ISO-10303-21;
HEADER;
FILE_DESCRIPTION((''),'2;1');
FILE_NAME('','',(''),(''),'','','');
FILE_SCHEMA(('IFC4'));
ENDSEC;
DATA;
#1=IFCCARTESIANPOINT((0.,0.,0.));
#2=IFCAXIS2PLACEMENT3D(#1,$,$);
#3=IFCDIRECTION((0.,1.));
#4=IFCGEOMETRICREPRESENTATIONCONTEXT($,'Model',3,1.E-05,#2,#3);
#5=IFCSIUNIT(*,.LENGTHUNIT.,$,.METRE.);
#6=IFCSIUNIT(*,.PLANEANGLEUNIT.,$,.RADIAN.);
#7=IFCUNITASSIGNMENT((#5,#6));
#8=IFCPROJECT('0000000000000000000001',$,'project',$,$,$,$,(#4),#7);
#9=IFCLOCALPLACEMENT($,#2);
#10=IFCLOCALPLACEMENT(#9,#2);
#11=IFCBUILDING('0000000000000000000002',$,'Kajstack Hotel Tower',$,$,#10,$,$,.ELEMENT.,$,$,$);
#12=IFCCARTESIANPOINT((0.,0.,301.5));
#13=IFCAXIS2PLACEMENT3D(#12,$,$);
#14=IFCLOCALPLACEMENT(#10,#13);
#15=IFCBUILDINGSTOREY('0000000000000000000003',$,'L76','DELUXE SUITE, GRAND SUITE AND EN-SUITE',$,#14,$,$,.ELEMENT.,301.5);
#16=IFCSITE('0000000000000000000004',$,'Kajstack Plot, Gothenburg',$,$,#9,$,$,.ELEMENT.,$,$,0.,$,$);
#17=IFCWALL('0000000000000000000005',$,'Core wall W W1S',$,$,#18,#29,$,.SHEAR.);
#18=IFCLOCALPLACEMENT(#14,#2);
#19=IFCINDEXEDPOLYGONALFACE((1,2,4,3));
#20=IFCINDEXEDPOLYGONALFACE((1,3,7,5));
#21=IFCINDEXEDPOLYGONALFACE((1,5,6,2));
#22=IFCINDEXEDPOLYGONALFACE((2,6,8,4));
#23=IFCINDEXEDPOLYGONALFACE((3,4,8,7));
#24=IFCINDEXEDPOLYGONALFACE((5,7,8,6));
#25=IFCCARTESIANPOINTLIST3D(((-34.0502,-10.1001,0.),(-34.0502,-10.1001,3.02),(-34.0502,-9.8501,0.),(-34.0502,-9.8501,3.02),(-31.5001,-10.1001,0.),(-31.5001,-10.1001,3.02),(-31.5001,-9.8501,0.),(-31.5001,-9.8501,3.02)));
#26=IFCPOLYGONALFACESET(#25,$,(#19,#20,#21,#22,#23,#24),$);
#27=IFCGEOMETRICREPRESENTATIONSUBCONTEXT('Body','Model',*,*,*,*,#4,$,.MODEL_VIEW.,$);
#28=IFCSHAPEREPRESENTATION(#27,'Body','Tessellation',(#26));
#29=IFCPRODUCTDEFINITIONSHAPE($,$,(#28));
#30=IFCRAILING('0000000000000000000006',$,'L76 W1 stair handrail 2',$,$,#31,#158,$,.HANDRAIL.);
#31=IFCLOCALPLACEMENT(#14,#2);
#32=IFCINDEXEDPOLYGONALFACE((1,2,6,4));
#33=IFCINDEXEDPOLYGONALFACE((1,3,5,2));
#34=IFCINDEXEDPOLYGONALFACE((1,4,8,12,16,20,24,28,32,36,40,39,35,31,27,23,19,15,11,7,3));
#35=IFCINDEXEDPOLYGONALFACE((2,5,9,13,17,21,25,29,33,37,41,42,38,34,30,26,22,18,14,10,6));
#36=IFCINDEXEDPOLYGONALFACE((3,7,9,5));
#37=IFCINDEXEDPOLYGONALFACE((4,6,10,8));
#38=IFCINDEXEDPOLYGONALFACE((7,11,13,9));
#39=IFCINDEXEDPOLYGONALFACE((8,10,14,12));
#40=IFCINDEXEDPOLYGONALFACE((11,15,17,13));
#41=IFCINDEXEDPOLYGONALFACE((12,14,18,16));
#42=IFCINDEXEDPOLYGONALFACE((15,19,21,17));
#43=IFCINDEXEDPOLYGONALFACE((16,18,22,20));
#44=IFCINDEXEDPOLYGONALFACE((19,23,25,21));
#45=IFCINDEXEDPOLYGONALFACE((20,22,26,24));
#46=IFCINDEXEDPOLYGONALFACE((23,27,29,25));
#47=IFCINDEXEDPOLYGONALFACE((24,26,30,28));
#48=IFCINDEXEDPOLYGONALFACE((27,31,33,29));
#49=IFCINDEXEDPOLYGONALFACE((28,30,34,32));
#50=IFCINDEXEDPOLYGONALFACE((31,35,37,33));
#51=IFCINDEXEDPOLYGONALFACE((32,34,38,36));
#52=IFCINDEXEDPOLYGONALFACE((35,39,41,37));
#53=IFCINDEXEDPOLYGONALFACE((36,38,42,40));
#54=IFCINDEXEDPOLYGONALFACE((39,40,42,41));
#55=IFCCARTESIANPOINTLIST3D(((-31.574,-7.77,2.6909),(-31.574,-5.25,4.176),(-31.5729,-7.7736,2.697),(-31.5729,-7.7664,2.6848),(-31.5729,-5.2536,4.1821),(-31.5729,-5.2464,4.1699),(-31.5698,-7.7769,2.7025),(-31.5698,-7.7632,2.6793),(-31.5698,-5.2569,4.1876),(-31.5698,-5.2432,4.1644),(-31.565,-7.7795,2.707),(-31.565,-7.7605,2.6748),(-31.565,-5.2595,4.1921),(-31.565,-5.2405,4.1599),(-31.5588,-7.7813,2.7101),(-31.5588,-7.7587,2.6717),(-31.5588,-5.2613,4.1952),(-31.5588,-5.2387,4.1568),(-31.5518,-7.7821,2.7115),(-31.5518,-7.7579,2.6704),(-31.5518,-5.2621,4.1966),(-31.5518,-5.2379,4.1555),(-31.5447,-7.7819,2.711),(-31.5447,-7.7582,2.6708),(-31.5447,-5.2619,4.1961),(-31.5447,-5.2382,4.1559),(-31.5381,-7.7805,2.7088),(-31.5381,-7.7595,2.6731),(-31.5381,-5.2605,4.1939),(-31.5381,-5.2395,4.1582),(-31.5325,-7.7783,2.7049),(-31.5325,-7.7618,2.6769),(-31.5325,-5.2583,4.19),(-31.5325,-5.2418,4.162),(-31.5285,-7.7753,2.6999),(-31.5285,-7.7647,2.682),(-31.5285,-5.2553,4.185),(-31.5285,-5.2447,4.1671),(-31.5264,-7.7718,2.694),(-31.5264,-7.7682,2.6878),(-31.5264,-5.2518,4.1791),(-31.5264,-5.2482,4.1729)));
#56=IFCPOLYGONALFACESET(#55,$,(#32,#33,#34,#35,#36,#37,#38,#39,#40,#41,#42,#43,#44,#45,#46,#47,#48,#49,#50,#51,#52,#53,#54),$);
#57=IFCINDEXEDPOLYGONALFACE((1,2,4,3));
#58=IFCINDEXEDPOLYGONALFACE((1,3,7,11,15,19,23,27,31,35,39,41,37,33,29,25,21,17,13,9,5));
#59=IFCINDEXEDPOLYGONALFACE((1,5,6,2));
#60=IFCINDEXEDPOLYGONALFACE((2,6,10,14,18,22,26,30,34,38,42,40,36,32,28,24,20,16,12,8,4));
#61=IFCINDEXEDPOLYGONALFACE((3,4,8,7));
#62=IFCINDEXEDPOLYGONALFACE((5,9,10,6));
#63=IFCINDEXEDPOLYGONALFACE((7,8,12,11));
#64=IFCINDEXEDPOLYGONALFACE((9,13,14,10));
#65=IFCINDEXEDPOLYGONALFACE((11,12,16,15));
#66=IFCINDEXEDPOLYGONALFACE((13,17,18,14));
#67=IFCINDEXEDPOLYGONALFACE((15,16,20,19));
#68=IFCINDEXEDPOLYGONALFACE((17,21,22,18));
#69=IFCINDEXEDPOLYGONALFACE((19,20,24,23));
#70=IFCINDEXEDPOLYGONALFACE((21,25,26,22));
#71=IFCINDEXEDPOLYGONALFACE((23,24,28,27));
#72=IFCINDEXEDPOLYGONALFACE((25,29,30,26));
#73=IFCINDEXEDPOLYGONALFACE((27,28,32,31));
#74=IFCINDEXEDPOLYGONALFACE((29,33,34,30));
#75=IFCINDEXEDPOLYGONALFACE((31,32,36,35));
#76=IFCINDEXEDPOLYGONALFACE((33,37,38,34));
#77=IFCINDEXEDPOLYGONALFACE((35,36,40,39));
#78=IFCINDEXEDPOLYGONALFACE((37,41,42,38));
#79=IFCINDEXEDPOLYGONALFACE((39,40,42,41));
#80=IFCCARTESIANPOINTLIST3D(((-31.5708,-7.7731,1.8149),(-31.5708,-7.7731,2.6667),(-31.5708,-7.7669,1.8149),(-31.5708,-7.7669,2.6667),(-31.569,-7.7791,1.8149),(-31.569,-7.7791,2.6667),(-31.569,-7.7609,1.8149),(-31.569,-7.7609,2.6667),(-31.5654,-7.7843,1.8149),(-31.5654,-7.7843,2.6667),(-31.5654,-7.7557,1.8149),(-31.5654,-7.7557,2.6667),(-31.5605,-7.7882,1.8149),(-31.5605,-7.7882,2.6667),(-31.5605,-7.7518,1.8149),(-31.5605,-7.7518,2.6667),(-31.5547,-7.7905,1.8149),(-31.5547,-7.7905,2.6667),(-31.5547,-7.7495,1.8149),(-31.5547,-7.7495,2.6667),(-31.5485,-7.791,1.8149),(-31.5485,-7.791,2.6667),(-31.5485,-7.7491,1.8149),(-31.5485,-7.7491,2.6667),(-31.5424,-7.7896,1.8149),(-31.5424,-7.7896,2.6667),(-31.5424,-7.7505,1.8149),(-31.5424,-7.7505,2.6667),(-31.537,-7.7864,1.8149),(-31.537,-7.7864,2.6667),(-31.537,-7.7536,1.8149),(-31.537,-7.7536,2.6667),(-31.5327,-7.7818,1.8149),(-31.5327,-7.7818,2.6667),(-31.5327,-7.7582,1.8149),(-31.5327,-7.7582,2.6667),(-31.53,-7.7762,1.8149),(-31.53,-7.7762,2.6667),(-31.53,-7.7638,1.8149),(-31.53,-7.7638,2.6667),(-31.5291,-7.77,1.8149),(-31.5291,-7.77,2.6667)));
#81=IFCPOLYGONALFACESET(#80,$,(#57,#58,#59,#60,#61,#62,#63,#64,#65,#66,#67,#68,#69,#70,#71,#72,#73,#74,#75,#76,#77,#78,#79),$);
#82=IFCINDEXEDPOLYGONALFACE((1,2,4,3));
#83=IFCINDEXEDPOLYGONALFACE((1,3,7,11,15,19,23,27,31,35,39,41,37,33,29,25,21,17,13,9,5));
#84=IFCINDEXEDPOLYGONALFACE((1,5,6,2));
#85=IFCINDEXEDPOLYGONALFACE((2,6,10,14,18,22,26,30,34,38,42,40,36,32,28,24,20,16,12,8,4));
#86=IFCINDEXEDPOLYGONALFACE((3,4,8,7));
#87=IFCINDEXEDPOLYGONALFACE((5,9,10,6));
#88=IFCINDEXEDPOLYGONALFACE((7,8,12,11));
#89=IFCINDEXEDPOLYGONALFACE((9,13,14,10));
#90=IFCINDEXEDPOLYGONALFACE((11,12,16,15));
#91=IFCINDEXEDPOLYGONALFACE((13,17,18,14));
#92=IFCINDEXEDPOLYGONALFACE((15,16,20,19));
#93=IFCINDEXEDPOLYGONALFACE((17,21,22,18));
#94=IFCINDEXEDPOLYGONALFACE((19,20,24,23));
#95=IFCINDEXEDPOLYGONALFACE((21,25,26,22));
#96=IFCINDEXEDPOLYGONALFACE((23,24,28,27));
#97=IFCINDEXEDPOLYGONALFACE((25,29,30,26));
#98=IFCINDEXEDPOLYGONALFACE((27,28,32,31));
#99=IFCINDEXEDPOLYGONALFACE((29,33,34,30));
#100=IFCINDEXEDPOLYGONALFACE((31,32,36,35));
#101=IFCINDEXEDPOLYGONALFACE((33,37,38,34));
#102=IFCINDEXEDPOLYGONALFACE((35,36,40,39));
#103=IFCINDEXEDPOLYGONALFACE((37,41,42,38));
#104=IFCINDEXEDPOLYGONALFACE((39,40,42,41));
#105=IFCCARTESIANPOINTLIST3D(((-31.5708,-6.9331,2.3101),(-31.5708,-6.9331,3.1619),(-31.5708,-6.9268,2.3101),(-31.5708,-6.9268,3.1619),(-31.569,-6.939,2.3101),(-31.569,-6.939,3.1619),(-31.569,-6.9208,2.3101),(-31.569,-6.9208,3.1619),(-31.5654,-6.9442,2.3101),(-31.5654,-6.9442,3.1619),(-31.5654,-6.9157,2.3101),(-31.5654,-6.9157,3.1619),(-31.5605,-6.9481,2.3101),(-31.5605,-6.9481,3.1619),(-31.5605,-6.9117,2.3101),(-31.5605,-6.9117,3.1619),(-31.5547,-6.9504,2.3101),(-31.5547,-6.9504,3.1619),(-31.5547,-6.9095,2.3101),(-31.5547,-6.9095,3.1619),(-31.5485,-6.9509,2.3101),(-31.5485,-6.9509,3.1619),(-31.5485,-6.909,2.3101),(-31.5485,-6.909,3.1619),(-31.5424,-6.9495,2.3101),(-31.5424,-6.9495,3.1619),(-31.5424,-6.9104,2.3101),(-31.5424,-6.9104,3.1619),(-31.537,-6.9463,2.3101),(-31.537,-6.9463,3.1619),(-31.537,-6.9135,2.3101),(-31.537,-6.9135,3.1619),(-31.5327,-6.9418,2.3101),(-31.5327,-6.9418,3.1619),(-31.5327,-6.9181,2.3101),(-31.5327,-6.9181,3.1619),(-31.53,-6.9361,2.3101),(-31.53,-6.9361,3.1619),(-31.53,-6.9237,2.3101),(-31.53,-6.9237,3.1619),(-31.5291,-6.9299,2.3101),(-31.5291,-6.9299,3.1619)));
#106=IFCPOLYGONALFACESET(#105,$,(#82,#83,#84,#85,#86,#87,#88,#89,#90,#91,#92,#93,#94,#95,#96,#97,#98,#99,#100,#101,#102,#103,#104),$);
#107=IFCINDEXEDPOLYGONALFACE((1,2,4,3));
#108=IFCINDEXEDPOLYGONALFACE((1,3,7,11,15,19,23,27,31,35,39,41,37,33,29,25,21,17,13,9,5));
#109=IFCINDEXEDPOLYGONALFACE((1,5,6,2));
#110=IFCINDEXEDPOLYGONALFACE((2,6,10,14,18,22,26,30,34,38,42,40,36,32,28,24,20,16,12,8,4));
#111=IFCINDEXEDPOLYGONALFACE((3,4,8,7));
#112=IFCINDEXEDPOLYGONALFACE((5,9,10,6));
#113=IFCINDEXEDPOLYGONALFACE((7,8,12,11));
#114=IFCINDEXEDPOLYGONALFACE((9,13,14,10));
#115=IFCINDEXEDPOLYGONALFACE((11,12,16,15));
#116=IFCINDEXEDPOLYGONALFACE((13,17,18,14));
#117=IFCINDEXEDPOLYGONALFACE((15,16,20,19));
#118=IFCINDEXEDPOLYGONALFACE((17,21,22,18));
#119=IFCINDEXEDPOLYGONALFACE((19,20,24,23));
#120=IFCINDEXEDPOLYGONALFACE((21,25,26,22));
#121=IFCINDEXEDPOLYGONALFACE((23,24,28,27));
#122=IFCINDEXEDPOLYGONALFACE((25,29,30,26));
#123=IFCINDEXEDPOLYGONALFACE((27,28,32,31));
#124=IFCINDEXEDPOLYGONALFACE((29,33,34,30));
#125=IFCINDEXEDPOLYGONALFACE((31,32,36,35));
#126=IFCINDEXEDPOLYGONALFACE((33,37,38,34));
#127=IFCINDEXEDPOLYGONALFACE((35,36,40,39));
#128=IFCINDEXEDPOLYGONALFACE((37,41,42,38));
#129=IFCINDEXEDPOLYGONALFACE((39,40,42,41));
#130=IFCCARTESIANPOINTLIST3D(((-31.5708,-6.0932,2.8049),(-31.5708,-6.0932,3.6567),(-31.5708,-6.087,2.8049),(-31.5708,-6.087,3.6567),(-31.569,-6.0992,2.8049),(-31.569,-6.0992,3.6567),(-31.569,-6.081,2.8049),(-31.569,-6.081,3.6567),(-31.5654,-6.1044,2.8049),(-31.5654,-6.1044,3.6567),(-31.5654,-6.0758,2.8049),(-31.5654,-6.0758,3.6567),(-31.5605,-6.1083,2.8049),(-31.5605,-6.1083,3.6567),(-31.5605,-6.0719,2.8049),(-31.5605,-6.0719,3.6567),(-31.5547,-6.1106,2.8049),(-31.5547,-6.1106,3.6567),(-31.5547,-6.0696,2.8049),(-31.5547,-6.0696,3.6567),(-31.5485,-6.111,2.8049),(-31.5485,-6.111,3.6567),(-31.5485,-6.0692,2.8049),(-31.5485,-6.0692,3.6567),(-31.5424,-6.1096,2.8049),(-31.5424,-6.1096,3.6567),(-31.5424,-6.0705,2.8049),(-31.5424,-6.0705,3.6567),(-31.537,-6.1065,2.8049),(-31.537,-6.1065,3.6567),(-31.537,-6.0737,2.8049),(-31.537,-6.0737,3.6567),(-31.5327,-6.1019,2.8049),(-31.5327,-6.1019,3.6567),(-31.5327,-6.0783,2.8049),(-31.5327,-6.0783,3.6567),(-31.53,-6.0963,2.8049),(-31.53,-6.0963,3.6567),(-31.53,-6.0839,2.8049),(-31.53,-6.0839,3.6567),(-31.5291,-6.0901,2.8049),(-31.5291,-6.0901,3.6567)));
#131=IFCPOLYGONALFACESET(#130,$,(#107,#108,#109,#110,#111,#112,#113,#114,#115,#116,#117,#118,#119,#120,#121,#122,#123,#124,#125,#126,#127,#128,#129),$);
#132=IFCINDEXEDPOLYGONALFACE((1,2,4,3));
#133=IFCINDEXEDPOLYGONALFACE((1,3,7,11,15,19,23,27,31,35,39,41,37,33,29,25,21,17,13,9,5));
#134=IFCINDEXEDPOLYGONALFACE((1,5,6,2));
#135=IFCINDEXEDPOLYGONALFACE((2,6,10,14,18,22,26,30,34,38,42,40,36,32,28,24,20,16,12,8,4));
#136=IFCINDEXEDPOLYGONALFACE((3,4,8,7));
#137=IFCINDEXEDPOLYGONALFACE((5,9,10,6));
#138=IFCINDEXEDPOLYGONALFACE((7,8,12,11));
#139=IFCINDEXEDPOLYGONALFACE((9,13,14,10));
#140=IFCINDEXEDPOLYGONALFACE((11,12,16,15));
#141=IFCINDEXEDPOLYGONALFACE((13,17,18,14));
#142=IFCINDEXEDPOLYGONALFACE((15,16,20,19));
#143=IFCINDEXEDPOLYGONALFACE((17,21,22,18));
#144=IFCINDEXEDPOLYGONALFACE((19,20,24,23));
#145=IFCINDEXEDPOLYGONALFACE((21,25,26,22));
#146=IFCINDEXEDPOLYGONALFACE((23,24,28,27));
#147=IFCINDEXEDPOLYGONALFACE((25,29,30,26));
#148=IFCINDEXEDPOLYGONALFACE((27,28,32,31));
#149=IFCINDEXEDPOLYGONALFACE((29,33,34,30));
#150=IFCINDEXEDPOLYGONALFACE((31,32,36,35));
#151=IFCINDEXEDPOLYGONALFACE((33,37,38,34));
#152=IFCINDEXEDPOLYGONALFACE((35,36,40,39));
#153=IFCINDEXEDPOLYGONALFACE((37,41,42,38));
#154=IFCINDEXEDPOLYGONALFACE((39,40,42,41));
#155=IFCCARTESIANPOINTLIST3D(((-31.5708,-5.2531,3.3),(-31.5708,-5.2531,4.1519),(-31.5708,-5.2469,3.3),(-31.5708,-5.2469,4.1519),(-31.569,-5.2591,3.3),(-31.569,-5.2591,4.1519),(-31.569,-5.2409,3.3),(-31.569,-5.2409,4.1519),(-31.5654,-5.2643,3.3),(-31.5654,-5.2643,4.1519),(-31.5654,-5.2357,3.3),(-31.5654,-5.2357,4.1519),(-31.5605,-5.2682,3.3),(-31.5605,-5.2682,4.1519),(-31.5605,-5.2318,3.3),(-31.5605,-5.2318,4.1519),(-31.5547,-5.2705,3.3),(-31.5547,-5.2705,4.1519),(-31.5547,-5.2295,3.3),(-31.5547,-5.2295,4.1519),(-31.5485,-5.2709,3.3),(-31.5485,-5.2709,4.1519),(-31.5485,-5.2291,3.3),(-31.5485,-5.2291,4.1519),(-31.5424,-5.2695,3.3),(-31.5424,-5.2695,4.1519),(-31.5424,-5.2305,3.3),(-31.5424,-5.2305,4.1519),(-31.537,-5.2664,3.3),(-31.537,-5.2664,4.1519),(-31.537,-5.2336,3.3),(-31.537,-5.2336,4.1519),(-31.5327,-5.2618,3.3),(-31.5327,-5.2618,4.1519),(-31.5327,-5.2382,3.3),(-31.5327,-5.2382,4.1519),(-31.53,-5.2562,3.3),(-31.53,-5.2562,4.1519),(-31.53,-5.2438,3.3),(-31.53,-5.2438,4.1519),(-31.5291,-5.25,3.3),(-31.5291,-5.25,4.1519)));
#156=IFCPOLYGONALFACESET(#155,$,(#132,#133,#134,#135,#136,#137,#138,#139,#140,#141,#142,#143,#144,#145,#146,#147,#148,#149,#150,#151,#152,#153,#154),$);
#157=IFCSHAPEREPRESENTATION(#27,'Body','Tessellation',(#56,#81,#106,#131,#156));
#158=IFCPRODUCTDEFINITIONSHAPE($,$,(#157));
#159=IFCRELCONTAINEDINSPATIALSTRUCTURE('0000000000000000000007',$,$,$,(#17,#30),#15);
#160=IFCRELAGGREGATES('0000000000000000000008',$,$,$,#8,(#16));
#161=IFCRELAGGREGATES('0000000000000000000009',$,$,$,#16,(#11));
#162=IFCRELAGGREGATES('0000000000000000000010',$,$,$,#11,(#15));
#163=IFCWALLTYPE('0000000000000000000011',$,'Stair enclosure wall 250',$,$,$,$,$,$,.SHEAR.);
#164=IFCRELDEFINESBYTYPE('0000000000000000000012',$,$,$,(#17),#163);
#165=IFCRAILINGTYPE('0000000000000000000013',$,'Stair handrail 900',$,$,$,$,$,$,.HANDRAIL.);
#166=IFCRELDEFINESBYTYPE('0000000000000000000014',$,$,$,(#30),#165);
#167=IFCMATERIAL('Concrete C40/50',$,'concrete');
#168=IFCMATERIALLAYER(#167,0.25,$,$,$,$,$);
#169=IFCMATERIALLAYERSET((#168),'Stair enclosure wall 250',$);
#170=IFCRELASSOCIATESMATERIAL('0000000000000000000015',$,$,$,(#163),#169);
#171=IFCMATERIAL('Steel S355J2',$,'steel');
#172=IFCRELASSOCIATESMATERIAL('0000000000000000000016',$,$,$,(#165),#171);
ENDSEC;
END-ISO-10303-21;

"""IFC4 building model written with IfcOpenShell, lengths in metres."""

from ifc_helpers import new_model, si_unit, direction, frame, frame_2d, origin, origin_2d, place, context, subcontext, project, spatial, rectangle, circle, extrude, material, layer, layer_set, type_object, element, save


model = new_model("IFC4")

# Units and contexts
model_context = context("Model", 3, precision=1e-05, world=origin(), true_north=direction((0.0, 1.0)))
body_context = subcontext(model_context, "Body", "Model", "MODEL_VIEW")
ifc_project = project(units=[si_unit("LENGTHUNIT", "METRE"), si_unit("PLANEANGLEUNIT", "RADIAN")], contexts=[model_context])

# Site, building, storey
site_placement = place(None, origin())
site = spatial("IfcSite", under=ifc_project, at=site_placement, Name="Kajstack Plot, Gothenburg", CompositionType="ELEMENT", RefElevation=0.0)
building_placement = place(site_placement, origin())
building = spatial("IfcBuilding", under=site, at=building_placement, Name="Kajstack Hotel Tower", CompositionType="ELEMENT")
storey_placement = place(building_placement, frame((0.0, 0.0, 301.5)))
storey = spatial("IfcBuildingStorey", under=building, at=storey_placement, Name="L76", Description="DELUXE SUITE, GRAND SUITE AND EN-SUITE", CompositionType="ELEMENT", Elevation=301.5)

# Wall
ifc_material_1 = material(Name="Concrete C40/50", Category="concrete")
ifc_layer_1 = layer(ifc_material_1, 0.25)
ifc_layer_set_1 = layer_set([ifc_layer_1], Name="Stair enclosure wall 250")
wall_type_1 = type_object("IfcWallType", Name="Stair enclosure wall 250", PredefinedType="SHEAR", material=ifc_layer_set_1)
wall_1_placement = place(storey_placement, frame((-34.05, -9.9751, 0.0), z_axis=(0.0, 0.0, 1.0), x_axis=(1.0, 0.0, 0.0)))
element("IfcWall", 1, at=wall_1_placement, inside=storey, type_object=wall_type_1, Name="Core wall W W1S", PredefinedType="SHEAR", context=body_context, shape_type="SweptSolid", body=[
    extrude(rectangle(XDim=2.55, YDim=0.25, at=frame_2d((1.2749, 0.0))), origin(), (0.0, 0.0, 1.0), 3.02),
])

# Railing
ifc_material_2 = material(Name="Steel S355J2", Category="steel")
railing_type_1 = type_object("IfcRailingType", Name="Stair handrail 900", PredefinedType="HANDRAIL", material=ifc_material_2)
railing_1_placement = place(storey_placement, frame((-31.55, -7.77, 1.8149)))
element("IfcRailing", 2, at=railing_1_placement, inside=storey, type_object=railing_type_1, Name="L76 W1 stair handrail 2", PredefinedType="HANDRAIL", context=body_context, shape_type="SweptSolid", body=[
    extrude(circle(Radius=0.0239, at=origin_2d()), frame((0.0, 0.0, 0.876), z_axis=(0.0, 0.861524, 0.507717), x_axis=(-1.0, 0.0, 0.0)), (0.0, 0.0, 1.0), 2.925),
    extrude(circle(Radius=0.021, at=origin_2d()), origin(), (0.0, 0.0, 1.0), 0.8518),
    extrude(circle(Radius=0.021, at=origin_2d()), frame((0.0, 0.8401, 0.4951)), (0.0, 0.0, 1.0), 0.8518),
    extrude(circle(Radius=0.021, at=origin_2d()), frame((0.0, 1.6799, 0.99)), (0.0, 0.0, 1.0), 0.8518),
    extrude(circle(Radius=0.021, at=origin_2d()), frame((0.0, 2.52, 1.4851)), (0.0, 0.0, 1.0), 0.8518),
])

save(model, "model.ifc")
